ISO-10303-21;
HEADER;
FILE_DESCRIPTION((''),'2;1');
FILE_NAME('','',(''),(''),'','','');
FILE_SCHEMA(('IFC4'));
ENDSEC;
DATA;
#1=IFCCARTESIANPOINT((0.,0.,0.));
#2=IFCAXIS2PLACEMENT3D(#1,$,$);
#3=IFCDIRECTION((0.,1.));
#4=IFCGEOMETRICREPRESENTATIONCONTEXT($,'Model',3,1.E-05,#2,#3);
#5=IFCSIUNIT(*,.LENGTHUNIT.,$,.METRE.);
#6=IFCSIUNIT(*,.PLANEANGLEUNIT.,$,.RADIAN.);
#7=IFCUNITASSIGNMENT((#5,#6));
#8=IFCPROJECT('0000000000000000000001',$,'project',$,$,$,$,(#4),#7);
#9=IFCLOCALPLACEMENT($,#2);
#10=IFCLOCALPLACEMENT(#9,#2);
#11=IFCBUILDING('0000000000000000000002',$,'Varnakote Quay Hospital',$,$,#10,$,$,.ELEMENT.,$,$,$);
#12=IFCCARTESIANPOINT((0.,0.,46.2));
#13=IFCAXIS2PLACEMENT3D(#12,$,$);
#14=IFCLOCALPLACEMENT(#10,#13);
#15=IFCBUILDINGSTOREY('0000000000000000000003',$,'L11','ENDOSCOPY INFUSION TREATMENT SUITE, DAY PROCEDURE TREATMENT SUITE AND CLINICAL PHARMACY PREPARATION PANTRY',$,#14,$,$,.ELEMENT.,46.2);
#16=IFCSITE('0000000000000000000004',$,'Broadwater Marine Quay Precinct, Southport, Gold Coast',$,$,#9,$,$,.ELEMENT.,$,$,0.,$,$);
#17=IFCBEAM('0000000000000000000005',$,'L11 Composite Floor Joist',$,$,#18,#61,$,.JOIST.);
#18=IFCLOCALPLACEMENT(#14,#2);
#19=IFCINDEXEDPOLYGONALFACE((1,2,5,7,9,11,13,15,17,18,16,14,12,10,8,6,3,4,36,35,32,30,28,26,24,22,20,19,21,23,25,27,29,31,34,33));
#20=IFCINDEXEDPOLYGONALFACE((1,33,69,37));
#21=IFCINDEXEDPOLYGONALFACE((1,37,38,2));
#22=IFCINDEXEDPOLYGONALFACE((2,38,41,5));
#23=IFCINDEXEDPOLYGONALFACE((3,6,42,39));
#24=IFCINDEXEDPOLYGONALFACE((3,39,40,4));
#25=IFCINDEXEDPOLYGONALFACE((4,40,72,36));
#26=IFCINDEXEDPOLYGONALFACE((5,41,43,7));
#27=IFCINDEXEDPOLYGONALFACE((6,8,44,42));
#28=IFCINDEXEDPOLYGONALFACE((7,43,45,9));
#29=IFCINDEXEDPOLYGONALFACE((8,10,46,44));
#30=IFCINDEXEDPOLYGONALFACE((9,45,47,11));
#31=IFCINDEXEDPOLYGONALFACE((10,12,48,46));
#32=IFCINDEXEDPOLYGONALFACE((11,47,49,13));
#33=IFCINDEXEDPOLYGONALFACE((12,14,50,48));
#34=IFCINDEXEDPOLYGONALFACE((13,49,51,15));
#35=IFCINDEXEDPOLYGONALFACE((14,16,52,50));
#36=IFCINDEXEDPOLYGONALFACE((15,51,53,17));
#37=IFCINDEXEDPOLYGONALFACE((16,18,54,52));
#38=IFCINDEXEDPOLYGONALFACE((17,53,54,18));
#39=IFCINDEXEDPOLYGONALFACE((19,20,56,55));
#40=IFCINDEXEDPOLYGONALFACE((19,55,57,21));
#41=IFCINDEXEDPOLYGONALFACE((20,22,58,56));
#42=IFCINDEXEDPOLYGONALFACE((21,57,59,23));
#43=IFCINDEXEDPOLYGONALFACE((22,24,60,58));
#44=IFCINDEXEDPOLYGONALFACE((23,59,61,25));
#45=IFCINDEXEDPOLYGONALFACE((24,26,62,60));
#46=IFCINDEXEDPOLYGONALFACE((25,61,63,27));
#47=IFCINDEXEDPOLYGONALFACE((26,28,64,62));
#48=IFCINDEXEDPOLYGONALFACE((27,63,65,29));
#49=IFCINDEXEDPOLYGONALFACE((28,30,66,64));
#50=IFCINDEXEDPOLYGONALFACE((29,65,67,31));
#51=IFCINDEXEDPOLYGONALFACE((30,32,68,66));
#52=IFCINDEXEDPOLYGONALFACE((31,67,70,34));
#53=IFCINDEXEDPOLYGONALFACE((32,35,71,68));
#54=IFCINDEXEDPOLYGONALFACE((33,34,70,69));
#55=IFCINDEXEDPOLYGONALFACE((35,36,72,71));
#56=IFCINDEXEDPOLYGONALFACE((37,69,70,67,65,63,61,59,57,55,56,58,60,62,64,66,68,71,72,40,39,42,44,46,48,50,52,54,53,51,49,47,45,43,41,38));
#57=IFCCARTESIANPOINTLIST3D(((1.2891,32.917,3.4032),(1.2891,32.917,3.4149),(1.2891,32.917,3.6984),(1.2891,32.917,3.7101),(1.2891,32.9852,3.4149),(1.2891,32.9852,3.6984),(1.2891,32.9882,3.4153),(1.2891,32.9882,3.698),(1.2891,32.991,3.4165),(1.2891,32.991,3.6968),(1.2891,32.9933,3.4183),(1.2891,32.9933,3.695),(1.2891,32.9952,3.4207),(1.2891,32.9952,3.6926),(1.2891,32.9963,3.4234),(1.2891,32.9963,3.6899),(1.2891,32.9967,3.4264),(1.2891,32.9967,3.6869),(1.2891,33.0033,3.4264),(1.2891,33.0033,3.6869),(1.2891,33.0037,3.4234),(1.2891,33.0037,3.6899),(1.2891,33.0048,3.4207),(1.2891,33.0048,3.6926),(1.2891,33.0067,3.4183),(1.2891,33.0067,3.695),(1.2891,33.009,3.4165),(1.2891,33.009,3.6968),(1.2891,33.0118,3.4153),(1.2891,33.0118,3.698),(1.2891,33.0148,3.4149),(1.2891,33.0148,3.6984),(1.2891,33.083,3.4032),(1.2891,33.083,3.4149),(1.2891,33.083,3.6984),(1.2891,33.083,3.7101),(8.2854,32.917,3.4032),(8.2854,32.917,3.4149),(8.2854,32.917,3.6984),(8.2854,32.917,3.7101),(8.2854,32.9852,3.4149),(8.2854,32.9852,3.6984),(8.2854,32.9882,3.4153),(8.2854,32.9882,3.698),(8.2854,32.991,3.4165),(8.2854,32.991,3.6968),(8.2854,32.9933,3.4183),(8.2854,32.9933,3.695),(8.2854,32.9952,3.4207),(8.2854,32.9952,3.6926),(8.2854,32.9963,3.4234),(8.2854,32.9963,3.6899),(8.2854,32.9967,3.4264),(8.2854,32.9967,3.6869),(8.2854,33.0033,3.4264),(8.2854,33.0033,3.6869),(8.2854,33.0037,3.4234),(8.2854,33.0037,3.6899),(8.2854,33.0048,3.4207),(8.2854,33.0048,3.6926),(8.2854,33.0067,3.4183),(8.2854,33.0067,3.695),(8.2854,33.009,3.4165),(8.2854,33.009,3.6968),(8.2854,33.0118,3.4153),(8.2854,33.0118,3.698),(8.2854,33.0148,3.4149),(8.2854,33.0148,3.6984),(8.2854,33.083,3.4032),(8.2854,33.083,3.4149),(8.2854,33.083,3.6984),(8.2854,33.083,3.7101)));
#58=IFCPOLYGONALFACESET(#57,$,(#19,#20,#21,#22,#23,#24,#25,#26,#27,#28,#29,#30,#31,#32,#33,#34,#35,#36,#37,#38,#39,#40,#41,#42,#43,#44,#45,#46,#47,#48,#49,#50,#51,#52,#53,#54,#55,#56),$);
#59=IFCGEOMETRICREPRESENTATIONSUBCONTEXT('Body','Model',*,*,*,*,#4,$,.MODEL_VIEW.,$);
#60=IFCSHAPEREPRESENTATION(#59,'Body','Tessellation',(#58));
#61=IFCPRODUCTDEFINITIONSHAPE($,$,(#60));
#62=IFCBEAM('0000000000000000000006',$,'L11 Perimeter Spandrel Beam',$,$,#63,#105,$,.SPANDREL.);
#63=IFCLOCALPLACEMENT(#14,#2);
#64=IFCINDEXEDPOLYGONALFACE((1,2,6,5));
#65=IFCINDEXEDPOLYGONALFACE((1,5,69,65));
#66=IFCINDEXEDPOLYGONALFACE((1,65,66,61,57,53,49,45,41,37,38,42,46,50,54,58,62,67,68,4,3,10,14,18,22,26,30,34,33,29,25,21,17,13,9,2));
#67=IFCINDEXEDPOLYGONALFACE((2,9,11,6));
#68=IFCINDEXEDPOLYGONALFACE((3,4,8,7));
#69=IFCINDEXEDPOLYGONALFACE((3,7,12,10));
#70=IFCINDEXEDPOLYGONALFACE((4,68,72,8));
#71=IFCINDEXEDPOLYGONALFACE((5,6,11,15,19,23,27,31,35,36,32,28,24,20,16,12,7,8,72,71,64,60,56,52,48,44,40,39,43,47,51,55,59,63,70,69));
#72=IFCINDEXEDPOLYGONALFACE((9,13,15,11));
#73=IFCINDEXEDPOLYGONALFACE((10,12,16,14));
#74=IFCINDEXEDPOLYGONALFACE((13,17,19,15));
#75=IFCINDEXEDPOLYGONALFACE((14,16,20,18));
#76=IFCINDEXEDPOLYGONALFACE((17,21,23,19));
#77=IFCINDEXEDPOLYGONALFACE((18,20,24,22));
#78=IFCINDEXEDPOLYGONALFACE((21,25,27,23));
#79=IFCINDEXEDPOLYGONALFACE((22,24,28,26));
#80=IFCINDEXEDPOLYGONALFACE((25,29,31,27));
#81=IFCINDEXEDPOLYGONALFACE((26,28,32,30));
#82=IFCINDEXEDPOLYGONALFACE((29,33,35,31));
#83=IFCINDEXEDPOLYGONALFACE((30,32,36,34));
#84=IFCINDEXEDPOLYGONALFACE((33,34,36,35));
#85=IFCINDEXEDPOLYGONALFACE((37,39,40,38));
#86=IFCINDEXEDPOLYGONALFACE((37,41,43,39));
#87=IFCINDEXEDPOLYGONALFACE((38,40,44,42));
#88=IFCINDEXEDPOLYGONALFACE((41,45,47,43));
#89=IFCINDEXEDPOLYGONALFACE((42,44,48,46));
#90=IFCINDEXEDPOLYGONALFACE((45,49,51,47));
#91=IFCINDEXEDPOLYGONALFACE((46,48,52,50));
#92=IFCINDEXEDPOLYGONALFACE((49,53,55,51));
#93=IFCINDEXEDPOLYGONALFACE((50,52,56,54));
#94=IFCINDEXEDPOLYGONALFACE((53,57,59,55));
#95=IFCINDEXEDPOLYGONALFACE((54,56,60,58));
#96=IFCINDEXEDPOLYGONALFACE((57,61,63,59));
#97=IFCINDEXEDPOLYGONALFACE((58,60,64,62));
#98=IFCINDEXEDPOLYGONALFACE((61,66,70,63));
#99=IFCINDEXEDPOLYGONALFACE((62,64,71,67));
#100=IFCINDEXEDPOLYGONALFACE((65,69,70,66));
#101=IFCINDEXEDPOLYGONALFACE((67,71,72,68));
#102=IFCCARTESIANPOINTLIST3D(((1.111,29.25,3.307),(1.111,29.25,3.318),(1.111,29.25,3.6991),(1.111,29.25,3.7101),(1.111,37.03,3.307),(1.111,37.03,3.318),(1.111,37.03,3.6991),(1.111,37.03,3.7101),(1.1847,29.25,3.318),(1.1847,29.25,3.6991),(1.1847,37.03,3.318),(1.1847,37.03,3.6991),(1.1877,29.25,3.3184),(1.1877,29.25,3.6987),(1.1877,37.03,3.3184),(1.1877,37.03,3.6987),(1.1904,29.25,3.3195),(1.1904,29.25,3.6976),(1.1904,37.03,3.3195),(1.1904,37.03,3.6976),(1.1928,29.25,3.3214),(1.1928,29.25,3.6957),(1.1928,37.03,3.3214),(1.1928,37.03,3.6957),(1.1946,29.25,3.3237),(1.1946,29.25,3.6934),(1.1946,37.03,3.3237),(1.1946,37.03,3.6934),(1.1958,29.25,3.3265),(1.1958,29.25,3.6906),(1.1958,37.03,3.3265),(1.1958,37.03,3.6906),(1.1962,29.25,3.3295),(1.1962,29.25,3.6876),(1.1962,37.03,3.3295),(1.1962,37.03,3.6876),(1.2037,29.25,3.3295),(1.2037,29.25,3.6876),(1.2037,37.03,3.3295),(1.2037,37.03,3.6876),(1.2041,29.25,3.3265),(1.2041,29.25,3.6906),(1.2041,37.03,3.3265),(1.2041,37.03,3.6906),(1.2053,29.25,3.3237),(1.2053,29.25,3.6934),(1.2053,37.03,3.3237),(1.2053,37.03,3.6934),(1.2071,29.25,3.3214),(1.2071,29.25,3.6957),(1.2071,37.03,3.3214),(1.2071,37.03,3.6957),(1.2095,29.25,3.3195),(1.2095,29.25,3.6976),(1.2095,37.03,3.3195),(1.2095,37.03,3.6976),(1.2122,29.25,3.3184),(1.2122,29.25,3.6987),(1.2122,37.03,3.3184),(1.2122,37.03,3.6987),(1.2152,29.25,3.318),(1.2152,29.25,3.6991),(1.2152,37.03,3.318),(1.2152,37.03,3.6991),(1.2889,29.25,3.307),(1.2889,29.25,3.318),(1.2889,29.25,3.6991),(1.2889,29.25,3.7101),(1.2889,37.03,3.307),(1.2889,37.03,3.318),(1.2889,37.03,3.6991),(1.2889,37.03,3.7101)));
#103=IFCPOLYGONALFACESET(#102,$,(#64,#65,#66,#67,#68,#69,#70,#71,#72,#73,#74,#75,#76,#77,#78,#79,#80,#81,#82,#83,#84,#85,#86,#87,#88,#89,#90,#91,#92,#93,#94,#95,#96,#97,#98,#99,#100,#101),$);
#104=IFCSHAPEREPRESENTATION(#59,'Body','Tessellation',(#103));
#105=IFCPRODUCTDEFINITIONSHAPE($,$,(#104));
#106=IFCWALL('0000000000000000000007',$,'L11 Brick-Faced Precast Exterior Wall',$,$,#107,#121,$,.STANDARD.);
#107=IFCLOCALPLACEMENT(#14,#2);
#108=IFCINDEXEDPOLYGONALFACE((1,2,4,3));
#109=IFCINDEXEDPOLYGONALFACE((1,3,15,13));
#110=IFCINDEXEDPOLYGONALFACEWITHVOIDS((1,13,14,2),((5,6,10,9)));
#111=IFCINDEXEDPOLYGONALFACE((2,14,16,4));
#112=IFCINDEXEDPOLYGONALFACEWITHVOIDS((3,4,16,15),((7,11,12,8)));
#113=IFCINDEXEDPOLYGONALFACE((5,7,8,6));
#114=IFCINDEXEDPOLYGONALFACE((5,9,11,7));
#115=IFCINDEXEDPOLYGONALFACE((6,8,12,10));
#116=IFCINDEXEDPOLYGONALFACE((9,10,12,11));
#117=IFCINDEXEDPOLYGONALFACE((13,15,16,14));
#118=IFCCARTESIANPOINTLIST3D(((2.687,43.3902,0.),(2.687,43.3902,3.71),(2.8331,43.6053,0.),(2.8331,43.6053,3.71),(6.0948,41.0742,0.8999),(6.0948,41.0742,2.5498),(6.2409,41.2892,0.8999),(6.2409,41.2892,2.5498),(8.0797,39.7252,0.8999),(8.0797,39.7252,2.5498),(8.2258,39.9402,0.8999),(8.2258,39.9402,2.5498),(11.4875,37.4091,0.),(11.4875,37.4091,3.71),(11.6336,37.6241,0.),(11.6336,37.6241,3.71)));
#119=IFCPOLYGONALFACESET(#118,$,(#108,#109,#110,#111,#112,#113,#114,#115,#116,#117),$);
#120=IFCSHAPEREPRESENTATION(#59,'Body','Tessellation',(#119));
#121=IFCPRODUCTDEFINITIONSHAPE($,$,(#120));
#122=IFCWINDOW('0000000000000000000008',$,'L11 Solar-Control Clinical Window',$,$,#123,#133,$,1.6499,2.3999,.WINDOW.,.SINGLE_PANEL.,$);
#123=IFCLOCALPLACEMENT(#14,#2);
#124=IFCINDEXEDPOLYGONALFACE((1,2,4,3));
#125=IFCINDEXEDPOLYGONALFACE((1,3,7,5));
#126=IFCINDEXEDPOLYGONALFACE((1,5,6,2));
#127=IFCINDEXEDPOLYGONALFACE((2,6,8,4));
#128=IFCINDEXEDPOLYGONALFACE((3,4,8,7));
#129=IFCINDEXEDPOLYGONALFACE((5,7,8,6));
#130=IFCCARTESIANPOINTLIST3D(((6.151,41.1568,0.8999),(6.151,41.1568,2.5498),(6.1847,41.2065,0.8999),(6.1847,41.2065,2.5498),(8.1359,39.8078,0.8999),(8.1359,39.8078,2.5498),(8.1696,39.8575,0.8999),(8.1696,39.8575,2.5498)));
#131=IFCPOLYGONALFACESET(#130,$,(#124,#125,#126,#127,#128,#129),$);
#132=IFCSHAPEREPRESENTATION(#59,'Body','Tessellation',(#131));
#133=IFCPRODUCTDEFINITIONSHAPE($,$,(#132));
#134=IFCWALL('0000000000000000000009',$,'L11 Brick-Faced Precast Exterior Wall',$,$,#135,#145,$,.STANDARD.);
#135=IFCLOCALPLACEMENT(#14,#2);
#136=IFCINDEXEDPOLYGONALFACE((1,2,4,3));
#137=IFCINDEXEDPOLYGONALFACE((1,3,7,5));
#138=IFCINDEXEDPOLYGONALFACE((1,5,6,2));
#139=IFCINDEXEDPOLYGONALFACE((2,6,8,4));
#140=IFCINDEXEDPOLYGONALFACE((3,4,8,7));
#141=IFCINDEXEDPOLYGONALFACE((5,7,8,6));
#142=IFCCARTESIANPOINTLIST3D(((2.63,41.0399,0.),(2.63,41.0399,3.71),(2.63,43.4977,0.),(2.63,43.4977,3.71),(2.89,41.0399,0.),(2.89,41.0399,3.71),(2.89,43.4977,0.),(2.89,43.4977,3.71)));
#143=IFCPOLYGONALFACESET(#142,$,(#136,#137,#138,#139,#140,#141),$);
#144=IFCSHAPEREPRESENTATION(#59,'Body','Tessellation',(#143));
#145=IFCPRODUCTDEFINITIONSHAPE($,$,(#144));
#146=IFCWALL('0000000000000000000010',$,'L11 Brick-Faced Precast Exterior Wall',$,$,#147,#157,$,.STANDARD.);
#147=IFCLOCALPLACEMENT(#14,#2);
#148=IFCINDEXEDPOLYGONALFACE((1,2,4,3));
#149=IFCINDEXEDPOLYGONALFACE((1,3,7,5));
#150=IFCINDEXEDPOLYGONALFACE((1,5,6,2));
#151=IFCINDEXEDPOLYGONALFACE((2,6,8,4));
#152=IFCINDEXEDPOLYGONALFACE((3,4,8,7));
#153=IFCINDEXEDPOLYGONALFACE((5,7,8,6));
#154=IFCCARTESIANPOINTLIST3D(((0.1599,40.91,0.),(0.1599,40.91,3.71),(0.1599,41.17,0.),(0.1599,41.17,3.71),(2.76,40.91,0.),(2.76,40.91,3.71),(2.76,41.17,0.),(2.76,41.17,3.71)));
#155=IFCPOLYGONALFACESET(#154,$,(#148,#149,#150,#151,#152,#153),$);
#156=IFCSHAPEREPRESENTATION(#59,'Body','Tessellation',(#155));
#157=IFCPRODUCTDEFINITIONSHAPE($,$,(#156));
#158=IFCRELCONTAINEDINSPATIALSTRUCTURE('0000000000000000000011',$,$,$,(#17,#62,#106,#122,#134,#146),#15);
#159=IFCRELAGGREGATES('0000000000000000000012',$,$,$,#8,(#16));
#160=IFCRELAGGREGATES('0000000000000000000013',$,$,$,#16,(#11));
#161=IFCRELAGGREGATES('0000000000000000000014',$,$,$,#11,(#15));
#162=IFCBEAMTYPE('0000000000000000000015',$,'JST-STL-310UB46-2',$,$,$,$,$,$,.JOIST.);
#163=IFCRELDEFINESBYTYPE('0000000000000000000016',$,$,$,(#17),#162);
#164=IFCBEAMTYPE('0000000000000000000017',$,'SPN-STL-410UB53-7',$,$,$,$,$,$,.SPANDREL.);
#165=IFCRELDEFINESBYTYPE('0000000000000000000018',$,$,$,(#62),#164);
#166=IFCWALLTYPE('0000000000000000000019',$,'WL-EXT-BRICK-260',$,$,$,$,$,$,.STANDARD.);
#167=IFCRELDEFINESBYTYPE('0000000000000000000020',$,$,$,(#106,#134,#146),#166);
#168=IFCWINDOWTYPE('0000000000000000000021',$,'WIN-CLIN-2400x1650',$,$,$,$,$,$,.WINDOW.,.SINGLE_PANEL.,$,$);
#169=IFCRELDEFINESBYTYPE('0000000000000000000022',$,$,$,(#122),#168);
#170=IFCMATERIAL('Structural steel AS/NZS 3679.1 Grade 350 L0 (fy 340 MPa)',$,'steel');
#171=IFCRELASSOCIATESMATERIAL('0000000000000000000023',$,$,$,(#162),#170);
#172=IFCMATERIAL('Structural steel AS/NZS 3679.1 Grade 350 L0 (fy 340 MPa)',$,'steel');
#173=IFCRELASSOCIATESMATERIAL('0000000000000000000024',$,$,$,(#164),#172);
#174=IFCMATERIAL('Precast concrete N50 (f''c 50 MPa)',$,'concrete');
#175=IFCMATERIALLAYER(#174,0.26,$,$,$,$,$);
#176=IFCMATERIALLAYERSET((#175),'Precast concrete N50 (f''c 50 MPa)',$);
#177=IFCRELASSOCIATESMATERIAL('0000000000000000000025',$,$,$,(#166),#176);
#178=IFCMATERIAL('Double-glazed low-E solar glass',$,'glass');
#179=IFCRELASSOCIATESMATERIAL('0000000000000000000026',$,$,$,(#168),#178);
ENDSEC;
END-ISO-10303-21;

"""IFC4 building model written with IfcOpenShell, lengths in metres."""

from ifc_helpers import new_model, si_unit, direction, frame, frame_2d, origin, origin_2d, place, context, subcontext, project, spatial, rectangle, i_section, extrude, material, layer, layer_set, material_profile, profile_set, type_object, element, fill, save


model = new_model("IFC4")

# Units and contexts
model_context = context("Model", 3, precision=1e-05, world=origin(), true_north=direction((0.0, 1.0)))
body_context = subcontext(model_context, "Body", "Model", "MODEL_VIEW")
ifc_project = project(units=[si_unit("LENGTHUNIT", "METRE"), si_unit("PLANEANGLEUNIT", "RADIAN")], contexts=[model_context])

# Site, building, storey
site_placement = place(None, origin())
site = spatial("IfcSite", under=ifc_project, at=site_placement, Name="Broadwater Marine Quay Precinct, Southport, Gold Coast", CompositionType="ELEMENT", RefElevation=0.0)
building_placement = place(site_placement, origin())
building = spatial("IfcBuilding", under=site, at=building_placement, Name="Varnakote Quay Hospital", CompositionType="ELEMENT")
storey_placement = place(building_placement, frame((0.0, 0.0, 46.2)))
storey = spatial("IfcBuildingStorey", under=building, at=storey_placement, Name="L11", Description="ENDOSCOPY INFUSION TREATMENT SUITE, DAY PROCEDURE TREATMENT SUITE AND CLINICAL PHARMACY PREPARATION PANTRY", CompositionType="ELEMENT", Elevation=46.2)

# Beams
ifc_material_1 = material(Name="Structural steel AS/NZS 3679.1 Grade 350 L0 (fy 340 MPa)", Category="steel")
ifc_material_profile_1 = material_profile(ifc_material_1, i_section(OverallWidth=0.166, OverallDepth=0.3069, WebThickness=0.0066, FlangeThickness=0.0117, FilletRadius=0.0115, at=origin_2d()), Name="310UB46.2")
ifc_profile_set_1 = profile_set([ifc_material_profile_1], Name="Structural steel AS/NZS 3679.1 Grade 350 L0 (fy 340 MPa)")
beam_type_1 = type_object("IfcBeamType", Name="JST-STL-310UB46-2", PredefinedType="JOIST", material=ifc_profile_set_1)
beam_1_placement = place(storey_placement, frame((1.2891, 33.0, 3.5566), z_axis=(1.0, 0.0, 0.0), x_axis=(0.0, 1.0, 0.0)))
element("IfcBeam", 1, at=beam_1_placement, inside=storey, type_object=beam_type_1, Name="L11 Composite Floor Joist", PredefinedType="JOIST", context=body_context, shape_type="SweptSolid", body=[
    extrude(i_section(OverallWidth=0.166, OverallDepth=0.3069, WebThickness=0.0066, FlangeThickness=0.0117, FilletRadius=0.0115, at=origin_2d()), origin(), (0.0, 0.0, 1.0), 6.9963),
])
ifc_material_2 = material(Name="Structural steel AS/NZS 3679.1 Grade 350 L0 (fy 340 MPa)", Category="steel")
ifc_material_profile_2 = material_profile(ifc_material_2, i_section(OverallWidth=0.178, OverallDepth=0.4031, WebThickness=0.0076, FlangeThickness=0.011, FilletRadius=0.0115, at=origin_2d()), Name="410UB53.7")
ifc_profile_set_2 = profile_set([ifc_material_profile_2], Name="Structural steel AS/NZS 3679.1 Grade 350 L0 (fy 340 MPa)")
beam_type_2 = type_object("IfcBeamType", Name="SPN-STL-410UB53-7", PredefinedType="SPANDREL", material=ifc_profile_set_2)
beam_2_placement = place(storey_placement, frame((1.2, 29.25, 3.5085), z_axis=(0.0, 1.0, 0.0), x_axis=(-1.0, 0.0, 0.0)))
element("IfcBeam", 2, at=beam_2_placement, inside=storey, type_object=beam_type_2, Name="L11 Perimeter Spandrel Beam", PredefinedType="SPANDREL", context=body_context, shape_type="SweptSolid", body=[
    extrude(i_section(OverallWidth=0.178, OverallDepth=0.4031, WebThickness=0.0076, FlangeThickness=0.011, FilletRadius=0.0115, at=origin_2d()), origin(), (0.0, 0.0, 1.0), 7.78),
])

# Wall, opening, window
ifc_material_3 = material(Name="Precast concrete N50 (f'c 50 MPa)", Category="concrete")
ifc_layer = layer(ifc_material_3, 0.26)
ifc_layer_set = layer_set([ifc_layer], Name="Precast concrete N50 (f'c 50 MPa)")
wall_type = type_object("IfcWallType", Name="WL-EXT-BRICK-260", PredefinedType="STANDARD", material=ifc_layer_set)
wall_1_placement = place(storey_placement, frame((11.5605, 37.5166, 0.0), z_axis=(0.0, 0.0, 1.0), x_axis=(-0.827065, 0.562107, 0.0)))
wall_1 = element("IfcWall", 3, at=wall_1_placement, inside=storey, type_object=wall_type, Name="L11 Brick-Faced Precast Exterior Wall", PredefinedType="STANDARD", context=body_context, shape_type="SweptSolid", body=[
    extrude(rectangle(XDim=10.6406, YDim=0.26, at=frame_2d((5.3203, 0.0))), origin(), (0.0, 0.0, 1.0), 3.71),
])
opening_1_placement = place(wall_1_placement, frame((4.1204, 0.0, 0.8999)))
opening_1 = element("IfcOpeningElement", 4, at=opening_1_placement, cuts=wall_1, PredefinedType="OPENING", context=body_context, shape_type="SweptSolid", body=[
    extrude(rectangle(XDim=2.3999, YDim=1.6499, at=frame_2d((1.2, 0.825))), frame((0.0, 0.1399, 0.0), z_axis=(0.0, -1.0, 0.0), x_axis=(1.0, 0.0, 0.0)), (0.0, 0.0, 1.0), 0.28),
])
ifc_material_4 = material(Name="Double-glazed low-E solar glass", Category="glass")
window_type = type_object("IfcWindowType", Name="WIN-CLIN-2400x1650", PartitioningType="SINGLE_PANEL", PredefinedType="WINDOW", material=ifc_material_4)
window_placement = place(opening_1_placement, origin())
window = element("IfcWindow", 5, at=window_placement, inside=storey, type_object=window_type, Name="L11 Solar-Control Clinical Window", OverallHeight=1.6499, OverallWidth=2.3999, PartitioningType="SINGLE_PANEL", PredefinedType="WINDOW", context=body_context, shape_type="SweptSolid", body=[
    extrude(rectangle(XDim=2.3999, YDim=1.6499, at=frame_2d((1.2, 0.825))), frame((0.0, 0.03, 0.0), z_axis=(0.0, -1.0, 0.0), x_axis=(1.0, 0.0, 0.0)), (0.0, 0.0, 1.0), 0.0601),
])
fill(opening_1, window)

# Walls
wall_2_placement = place(storey_placement, frame((2.76, 43.4978, 0.0), z_axis=(0.0, 0.0, 1.0), x_axis=(0.0, -1.0, 0.0)))
element("IfcWall", 6, at=wall_2_placement, inside=storey, type_object=wall_type, Name="L11 Brick-Faced Precast Exterior Wall", PredefinedType="STANDARD", context=body_context, shape_type="SweptSolid", body=[
    extrude(rectangle(XDim=2.4578, YDim=0.26, at=frame_2d((1.229, 0.0))), origin(), (0.0, 0.0, 1.0), 3.71),
])
wall_3_placement = place(storey_placement, frame((2.76, 41.04, 0.0), z_axis=(0.0, 0.0, 1.0), x_axis=(-1.0, 0.0, 0.0)))
element("IfcWall", 7, at=wall_3_placement, inside=storey, type_object=wall_type, Name="L11 Brick-Faced Precast Exterior Wall", PredefinedType="STANDARD", context=body_context, shape_type="SweptSolid", body=[
    extrude(rectangle(XDim=2.6001, YDim=0.26, at=frame_2d((1.3, 0.0))), origin(), (0.0, 0.0, 1.0), 3.71),
])

save(model, "model.ifc")
